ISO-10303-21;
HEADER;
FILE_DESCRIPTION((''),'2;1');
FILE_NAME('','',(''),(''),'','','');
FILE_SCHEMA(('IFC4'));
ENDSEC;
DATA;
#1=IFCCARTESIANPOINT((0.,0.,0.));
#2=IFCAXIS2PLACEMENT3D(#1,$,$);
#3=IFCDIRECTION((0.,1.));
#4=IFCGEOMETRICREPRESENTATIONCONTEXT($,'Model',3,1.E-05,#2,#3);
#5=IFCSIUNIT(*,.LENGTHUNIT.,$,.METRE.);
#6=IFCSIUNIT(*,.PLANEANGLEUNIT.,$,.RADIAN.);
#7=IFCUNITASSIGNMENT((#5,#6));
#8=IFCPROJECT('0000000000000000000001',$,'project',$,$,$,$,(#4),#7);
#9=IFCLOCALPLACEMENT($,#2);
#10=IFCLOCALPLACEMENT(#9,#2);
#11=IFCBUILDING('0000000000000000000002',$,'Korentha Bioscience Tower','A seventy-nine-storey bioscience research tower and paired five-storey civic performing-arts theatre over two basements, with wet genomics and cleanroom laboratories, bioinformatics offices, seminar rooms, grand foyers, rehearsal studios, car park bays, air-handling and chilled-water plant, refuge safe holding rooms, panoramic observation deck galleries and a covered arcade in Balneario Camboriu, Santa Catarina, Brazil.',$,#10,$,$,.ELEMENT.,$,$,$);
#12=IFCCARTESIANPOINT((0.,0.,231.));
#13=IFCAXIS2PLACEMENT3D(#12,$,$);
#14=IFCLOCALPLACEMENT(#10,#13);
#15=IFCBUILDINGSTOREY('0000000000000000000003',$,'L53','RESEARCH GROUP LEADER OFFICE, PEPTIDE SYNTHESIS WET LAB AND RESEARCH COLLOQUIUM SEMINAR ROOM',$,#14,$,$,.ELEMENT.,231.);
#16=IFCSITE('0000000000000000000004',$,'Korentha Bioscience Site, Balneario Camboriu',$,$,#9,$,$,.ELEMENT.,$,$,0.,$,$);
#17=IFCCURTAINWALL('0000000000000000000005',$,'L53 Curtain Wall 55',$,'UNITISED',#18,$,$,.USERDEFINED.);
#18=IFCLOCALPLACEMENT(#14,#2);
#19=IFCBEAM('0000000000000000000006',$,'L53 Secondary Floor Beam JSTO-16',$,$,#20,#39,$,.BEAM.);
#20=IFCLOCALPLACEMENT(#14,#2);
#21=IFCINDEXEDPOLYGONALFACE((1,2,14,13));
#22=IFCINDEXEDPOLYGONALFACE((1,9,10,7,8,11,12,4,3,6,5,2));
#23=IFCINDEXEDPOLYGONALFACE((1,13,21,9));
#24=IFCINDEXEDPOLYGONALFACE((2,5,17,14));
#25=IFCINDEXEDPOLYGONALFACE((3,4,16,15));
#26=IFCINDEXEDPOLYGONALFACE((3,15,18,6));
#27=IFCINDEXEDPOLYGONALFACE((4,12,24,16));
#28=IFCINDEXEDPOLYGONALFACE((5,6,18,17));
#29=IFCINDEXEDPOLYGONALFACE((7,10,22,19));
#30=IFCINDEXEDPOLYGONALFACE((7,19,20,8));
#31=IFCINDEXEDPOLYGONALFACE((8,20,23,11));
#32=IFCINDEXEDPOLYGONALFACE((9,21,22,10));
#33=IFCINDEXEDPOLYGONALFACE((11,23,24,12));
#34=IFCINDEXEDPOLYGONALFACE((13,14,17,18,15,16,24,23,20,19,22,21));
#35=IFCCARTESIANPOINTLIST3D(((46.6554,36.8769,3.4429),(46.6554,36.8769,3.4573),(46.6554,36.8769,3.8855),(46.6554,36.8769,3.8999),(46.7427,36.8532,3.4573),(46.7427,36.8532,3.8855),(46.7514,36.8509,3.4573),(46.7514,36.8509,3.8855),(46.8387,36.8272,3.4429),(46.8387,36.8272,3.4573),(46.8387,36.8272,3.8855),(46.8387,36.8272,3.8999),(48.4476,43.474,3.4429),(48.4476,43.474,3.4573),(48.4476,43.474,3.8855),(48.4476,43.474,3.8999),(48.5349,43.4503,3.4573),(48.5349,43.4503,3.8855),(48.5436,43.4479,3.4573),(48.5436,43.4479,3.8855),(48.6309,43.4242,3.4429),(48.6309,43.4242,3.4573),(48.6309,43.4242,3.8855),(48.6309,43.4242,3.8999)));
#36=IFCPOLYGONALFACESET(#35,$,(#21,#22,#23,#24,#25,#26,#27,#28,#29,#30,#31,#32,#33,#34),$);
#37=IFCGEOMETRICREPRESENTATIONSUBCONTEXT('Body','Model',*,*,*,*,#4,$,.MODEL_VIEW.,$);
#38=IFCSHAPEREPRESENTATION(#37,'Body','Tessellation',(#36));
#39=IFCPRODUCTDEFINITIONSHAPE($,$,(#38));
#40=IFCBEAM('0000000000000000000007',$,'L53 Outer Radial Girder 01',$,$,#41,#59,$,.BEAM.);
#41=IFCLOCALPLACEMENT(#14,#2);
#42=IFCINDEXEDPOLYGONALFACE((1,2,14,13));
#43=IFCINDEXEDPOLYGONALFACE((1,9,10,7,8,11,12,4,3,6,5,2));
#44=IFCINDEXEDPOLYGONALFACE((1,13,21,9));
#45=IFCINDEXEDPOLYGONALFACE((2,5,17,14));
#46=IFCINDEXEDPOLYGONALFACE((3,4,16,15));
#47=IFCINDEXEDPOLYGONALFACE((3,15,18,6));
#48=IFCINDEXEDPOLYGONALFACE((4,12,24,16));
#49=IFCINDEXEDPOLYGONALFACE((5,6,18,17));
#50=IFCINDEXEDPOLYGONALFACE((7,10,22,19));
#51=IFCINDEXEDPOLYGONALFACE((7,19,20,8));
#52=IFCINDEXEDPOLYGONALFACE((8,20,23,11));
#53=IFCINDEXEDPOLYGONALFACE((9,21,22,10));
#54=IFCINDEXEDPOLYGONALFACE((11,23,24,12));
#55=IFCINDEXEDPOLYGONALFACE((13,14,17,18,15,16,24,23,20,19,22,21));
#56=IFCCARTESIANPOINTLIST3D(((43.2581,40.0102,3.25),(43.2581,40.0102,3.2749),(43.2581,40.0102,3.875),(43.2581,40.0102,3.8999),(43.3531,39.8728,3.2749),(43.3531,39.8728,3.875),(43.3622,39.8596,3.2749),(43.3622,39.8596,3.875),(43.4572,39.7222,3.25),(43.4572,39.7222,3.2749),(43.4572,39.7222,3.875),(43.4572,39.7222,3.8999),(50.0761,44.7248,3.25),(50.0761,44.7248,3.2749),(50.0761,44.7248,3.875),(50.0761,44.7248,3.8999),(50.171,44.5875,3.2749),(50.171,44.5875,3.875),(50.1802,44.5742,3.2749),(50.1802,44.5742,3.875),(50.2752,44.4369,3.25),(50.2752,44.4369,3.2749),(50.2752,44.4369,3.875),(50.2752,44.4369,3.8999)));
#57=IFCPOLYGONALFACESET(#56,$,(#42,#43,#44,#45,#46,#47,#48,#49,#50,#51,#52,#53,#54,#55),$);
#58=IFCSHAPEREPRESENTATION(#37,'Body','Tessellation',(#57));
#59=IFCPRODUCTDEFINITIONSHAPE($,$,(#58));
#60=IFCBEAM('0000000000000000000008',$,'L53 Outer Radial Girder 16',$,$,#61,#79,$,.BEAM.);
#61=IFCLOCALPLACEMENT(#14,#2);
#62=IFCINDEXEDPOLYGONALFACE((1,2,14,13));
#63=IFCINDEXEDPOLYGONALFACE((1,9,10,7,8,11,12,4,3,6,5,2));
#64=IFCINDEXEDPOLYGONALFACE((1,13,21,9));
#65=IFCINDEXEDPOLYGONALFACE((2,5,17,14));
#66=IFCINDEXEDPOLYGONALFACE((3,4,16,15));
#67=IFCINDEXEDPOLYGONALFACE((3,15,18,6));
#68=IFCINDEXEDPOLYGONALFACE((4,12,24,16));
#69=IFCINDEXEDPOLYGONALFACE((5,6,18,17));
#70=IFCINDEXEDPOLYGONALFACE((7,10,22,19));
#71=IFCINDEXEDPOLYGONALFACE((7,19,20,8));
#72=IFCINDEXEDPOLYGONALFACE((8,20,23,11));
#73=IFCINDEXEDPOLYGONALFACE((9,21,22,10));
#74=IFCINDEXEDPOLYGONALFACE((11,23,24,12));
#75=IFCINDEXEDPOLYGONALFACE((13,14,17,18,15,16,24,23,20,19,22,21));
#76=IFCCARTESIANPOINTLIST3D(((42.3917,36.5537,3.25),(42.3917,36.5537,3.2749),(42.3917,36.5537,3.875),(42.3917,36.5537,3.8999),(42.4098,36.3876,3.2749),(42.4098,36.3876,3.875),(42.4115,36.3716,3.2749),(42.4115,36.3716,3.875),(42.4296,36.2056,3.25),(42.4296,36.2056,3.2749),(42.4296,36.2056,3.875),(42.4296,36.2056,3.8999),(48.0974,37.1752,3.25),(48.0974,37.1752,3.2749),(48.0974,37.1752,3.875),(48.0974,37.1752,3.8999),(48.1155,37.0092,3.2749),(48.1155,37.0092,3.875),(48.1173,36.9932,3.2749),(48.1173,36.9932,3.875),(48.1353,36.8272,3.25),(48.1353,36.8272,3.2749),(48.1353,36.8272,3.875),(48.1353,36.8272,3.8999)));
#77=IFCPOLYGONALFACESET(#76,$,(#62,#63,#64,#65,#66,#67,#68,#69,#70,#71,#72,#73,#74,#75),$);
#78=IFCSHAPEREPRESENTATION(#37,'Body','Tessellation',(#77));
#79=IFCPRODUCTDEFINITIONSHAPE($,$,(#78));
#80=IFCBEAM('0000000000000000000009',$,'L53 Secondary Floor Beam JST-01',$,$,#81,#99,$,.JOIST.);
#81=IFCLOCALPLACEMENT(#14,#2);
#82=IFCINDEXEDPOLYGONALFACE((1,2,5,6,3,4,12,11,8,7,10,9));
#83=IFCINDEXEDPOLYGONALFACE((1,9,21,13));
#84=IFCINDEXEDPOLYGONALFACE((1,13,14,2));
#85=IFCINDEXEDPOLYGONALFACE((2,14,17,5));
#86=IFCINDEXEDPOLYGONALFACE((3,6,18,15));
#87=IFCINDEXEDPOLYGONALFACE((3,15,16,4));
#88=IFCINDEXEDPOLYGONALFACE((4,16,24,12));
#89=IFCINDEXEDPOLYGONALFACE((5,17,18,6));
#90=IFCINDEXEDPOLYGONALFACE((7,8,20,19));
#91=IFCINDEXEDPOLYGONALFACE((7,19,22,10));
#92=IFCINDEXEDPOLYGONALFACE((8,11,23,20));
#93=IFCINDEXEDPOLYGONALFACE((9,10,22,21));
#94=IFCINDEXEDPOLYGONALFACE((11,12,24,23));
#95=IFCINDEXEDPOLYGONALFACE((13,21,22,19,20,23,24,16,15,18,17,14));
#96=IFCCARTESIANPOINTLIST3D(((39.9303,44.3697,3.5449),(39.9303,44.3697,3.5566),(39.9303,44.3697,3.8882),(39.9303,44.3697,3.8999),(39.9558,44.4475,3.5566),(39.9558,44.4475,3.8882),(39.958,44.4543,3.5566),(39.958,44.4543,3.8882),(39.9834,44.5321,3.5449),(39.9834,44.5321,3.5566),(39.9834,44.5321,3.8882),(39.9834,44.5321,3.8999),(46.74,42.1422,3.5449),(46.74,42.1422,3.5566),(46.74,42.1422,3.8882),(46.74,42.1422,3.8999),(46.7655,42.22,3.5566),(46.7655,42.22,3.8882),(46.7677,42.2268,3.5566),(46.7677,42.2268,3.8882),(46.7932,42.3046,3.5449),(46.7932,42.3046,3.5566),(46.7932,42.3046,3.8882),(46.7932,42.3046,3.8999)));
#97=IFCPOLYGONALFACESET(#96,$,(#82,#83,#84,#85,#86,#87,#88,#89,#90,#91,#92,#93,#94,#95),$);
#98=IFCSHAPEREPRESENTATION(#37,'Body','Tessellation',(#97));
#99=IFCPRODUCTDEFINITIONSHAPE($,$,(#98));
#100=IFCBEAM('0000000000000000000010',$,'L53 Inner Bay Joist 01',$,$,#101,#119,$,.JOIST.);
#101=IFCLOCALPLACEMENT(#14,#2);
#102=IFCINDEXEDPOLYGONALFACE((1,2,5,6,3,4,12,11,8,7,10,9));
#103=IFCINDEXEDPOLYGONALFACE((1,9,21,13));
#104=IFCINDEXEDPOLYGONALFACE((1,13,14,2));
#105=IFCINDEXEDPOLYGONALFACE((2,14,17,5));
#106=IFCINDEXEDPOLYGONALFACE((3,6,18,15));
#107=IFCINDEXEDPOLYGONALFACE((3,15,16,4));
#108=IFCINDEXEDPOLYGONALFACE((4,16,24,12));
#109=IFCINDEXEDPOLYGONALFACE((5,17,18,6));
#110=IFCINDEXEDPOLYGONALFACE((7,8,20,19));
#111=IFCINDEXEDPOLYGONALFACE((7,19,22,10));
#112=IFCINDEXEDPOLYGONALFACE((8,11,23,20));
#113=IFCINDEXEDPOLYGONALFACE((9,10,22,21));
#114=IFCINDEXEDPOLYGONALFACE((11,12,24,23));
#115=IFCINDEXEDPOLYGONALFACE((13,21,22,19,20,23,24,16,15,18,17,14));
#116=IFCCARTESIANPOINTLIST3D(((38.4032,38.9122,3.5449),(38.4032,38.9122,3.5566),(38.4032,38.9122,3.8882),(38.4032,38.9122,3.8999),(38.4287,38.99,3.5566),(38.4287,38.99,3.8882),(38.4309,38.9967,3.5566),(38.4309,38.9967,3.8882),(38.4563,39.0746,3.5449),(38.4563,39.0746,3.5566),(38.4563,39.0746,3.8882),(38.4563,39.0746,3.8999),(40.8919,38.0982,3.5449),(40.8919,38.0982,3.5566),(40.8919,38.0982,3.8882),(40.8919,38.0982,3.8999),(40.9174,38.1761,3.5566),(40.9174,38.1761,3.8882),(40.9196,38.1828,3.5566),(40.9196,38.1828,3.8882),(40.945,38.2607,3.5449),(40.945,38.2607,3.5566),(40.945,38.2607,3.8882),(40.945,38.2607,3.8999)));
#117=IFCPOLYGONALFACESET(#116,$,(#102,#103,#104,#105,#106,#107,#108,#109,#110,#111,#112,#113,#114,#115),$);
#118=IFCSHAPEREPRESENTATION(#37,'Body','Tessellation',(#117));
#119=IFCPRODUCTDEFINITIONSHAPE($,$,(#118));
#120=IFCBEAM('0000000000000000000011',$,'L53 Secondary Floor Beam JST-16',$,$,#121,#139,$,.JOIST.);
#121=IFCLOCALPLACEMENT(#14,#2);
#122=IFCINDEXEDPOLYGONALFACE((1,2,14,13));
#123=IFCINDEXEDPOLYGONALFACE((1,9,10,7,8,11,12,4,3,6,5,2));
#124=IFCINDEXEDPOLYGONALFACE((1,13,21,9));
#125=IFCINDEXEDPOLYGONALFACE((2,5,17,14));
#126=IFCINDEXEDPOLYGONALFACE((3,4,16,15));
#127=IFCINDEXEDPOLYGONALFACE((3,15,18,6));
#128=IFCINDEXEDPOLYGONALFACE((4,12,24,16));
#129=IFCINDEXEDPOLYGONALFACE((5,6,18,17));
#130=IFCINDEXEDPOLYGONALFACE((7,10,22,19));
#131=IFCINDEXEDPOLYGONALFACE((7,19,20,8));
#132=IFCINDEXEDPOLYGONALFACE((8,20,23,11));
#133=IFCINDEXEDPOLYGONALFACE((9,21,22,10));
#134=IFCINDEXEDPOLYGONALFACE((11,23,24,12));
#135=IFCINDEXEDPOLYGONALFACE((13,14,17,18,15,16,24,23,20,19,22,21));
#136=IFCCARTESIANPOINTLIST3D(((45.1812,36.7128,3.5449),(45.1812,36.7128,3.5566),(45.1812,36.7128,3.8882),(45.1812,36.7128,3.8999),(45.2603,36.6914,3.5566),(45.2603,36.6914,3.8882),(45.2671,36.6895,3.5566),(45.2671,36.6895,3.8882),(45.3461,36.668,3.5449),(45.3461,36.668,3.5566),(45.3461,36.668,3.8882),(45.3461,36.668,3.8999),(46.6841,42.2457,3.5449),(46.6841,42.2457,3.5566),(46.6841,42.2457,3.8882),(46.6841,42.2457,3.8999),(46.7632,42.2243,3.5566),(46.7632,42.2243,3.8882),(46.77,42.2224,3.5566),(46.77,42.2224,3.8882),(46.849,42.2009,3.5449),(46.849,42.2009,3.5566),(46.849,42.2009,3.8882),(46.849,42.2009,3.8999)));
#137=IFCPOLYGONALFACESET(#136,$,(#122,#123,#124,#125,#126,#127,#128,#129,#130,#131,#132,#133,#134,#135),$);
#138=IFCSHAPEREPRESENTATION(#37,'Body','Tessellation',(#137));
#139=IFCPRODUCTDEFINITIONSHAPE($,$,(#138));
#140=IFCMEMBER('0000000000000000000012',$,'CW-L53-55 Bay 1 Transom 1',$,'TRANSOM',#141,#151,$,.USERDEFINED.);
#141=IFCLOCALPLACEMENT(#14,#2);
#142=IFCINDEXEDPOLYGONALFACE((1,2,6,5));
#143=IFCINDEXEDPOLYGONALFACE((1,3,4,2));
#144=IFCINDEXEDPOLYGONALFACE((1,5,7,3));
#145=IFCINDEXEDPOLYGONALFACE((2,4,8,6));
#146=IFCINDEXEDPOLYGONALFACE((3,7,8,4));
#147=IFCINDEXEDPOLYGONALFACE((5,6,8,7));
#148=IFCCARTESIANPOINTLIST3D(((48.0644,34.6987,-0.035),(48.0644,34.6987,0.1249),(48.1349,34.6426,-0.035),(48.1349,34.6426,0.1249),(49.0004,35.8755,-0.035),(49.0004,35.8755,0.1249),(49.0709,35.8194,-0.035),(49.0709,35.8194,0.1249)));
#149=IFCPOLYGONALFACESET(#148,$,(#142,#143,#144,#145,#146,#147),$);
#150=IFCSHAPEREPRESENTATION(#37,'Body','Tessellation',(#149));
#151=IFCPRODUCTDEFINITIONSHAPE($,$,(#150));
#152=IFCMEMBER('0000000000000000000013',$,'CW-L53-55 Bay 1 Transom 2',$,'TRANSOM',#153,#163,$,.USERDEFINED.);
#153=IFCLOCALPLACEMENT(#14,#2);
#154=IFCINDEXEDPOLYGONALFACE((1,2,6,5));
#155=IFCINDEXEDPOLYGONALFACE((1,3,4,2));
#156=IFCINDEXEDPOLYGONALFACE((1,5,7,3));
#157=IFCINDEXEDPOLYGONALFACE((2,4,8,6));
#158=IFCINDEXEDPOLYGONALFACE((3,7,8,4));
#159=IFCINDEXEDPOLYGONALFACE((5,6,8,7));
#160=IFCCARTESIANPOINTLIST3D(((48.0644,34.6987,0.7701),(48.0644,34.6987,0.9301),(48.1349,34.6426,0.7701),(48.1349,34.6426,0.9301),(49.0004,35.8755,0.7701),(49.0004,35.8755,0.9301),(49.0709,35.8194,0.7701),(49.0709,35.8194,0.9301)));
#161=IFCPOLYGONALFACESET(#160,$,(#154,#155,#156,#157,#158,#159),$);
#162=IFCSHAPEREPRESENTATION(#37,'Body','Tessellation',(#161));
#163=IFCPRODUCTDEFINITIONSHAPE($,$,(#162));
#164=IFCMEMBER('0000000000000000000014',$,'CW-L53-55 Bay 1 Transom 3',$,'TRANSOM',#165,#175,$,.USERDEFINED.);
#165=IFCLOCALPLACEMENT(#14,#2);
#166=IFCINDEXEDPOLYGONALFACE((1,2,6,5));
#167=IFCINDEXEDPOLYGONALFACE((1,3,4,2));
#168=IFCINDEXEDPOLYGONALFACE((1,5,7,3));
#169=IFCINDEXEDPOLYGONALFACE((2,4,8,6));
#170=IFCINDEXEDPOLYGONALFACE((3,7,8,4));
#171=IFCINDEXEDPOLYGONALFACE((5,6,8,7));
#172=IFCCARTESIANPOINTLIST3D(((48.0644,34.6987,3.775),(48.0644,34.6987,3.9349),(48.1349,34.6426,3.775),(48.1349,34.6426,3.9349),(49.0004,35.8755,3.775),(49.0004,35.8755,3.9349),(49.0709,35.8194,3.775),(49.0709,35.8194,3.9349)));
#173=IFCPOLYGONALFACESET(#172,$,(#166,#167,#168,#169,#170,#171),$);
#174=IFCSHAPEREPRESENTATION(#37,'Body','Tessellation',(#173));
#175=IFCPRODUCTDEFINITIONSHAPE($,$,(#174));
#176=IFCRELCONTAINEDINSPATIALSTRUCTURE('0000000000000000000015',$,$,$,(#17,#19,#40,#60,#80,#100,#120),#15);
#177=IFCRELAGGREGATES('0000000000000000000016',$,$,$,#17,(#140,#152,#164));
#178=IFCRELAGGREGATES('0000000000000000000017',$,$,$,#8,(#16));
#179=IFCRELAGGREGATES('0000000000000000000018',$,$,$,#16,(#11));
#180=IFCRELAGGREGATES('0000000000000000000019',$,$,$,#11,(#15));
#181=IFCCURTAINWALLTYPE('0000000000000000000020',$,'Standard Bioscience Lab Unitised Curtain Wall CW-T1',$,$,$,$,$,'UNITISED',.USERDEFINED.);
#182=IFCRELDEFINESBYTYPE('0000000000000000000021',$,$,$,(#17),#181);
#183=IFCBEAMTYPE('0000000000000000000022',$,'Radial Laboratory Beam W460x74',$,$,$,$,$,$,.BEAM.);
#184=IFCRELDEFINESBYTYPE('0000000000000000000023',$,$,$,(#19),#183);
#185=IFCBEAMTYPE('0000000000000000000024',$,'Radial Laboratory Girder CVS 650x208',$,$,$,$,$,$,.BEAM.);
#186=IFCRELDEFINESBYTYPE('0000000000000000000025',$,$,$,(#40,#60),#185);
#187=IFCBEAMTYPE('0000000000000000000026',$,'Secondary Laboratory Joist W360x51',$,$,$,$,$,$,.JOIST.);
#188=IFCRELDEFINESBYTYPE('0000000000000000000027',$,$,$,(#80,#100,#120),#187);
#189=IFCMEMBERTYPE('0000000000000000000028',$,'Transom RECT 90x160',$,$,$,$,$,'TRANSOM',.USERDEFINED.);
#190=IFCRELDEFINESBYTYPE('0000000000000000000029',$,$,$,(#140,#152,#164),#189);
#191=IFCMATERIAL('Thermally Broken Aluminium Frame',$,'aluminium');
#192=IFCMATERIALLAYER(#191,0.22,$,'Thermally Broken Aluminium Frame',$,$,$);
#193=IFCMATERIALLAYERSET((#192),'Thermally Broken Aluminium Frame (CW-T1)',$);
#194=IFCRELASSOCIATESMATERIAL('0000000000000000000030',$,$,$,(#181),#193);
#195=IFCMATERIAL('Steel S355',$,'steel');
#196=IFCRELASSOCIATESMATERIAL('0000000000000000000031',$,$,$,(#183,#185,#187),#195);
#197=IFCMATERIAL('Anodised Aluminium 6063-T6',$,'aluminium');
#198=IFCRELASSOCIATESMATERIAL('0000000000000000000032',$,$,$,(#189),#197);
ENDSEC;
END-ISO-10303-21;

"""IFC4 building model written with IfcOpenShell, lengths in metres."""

from ifc_helpers import new_model, si_unit, direction, frame, origin, origin_2d, place, context, subcontext, project, spatial, rectangle, i_section, extrude, material, layer, layer_set, material_profile, profile_set, type_object, element, aggregate, save


model = new_model("IFC4")

# Units and contexts
model_context = context("Model", 3, precision=1e-05, world=origin(), true_north=direction((0.0, 1.0)))
body_context = subcontext(model_context, "Body", "Model", "MODEL_VIEW")
ifc_project = project(units=[si_unit("LENGTHUNIT", "METRE"), si_unit("PLANEANGLEUNIT", "RADIAN")], contexts=[model_context])

# Site, building, storey
site_placement = place(None, origin())
site = spatial("IfcSite", under=ifc_project, at=site_placement, Name="Korentha Bioscience Site, Balneario Camboriu", CompositionType="ELEMENT", RefElevation=0.0)
building_placement = place(site_placement, origin())
building = spatial("IfcBuilding", under=site, at=building_placement, Name="Korentha Bioscience Tower", Description="A seventy-nine-storey bioscience research tower and paired five-storey civic performing-arts theatre over two basements, with wet genomics and cleanroom laboratories, bioinformatics offices, seminar rooms, grand foyers, rehearsal studios, car park bays, air-handling and chilled-water plant, refuge safe holding rooms, panoramic observation deck galleries and a covered arcade in Balneario Camboriu, Santa Catarina, Brazil.", CompositionType="ELEMENT")
storey_placement = place(building_placement, frame((0.0, 0.0, 231.0)))
storey = spatial("IfcBuildingStorey", under=building, at=storey_placement, Name="L53", Description="RESEARCH GROUP LEADER OFFICE, PEPTIDE SYNTHESIS WET LAB AND RESEARCH COLLOQUIUM SEMINAR ROOM", CompositionType="ELEMENT", Elevation=231.0)

# Shared definitions
ifc_material_1 = material(Name="Steel S355", Category="steel")

# Shared definitions
ifc_material_2 = material(Name="Thermally Broken Aluminium Frame", Category="aluminium")
ifc_layer_1 = layer(ifc_material_2, 0.22, Name="Thermally Broken Aluminium Frame")
ifc_layer_set_1 = layer_set([ifc_layer_1], Name="Thermally Broken Aluminium Frame (CW-T1)")
curtain_wall_type = type_object("IfcCurtainWallType", Name="Standard Bioscience Lab Unitised Curtain Wall CW-T1", ElementType="UNITISED", PredefinedType="USERDEFINED", material=ifc_layer_set_1)
ifc_material_3 = material(Name="Anodised Aluminium 6063-T6", Category="aluminium")

# Curtain wall
curtain_wall_1_placement = place(storey_placement, origin())
curtain_wall_1 = element("IfcCurtainWall", 1, at=curtain_wall_1_placement, inside=storey, type_object=curtain_wall_type, Name="L53 Curtain Wall 55", ObjectType="UNITISED", PredefinedType="USERDEFINED")

# Beams
ifc_material_profile_1 = material_profile(ifc_material_1, i_section(OverallWidth=0.1899, OverallDepth=0.457, WebThickness=0.009, FlangeThickness=0.0144, at=origin_2d()), Name="Steel S355")
ifc_profile_set_1 = profile_set([ifc_material_profile_1], Name="Steel S355 (RB-460)")
beam_type_1 = type_object("IfcBeamType", Name="Radial Laboratory Beam W460x74", PredefinedType="BEAM", material=ifc_profile_set_1)
beam_1_placement = place(storey_placement, frame((46.7471, 36.8521, 3.6714), z_axis=(0.262165, 0.965023, 0.0), x_axis=(-0.965023, 0.262165, 0.0)))
element("IfcBeam", 2, at=beam_1_placement, inside=storey, type_object=beam_type_1, Name="L53 Secondary Floor Beam JSTO-16", PredefinedType="BEAM", context=body_context, shape_type="SweptSolid", body=[
    extrude(i_section(OverallWidth=0.1899, OverallDepth=0.457, WebThickness=0.009, FlangeThickness=0.0144, at=origin_2d()), origin(), (0.0, 0.0, 1.0), 6.8362),
])
ifc_material_profile_2 = material_profile(ifc_material_1, i_section(OverallWidth=0.3501, OverallDepth=0.6499, WebThickness=0.0161, FlangeThickness=0.0249, at=origin_2d()), Name="Steel S355")
ifc_profile_set_2 = profile_set([ifc_material_profile_2], Name="Steel S355 (RB-650)")
beam_type_2 = type_object("IfcBeamType", Name="Radial Laboratory Girder CVS 650x208", PredefinedType="BEAM", material=ifc_profile_set_2)
beam_2_placement = place(storey_placement, frame((43.3577, 39.8662, 3.575), z_axis=(0.822501, 0.568764, 0.0), x_axis=(-0.568764, 0.822501, 0.0)))
element("IfcBeam", 3, at=beam_2_placement, inside=storey, type_object=beam_type_2, Name="L53 Outer Radial Girder 01", PredefinedType="BEAM", context=body_context, shape_type="SweptSolid", body=[
    extrude(i_section(OverallWidth=0.3501, OverallDepth=0.6499, WebThickness=0.0161, FlangeThickness=0.0249, at=origin_2d()), origin(), (0.0, 0.0, 1.0), 8.2893),
])
beam_3_placement = place(storey_placement, frame((42.4106, 36.3796, 3.575), z_axis=(0.994119, 0.108298, 0.0), x_axis=(-0.108298, 0.994119, 0.0)))
element("IfcBeam", 4, at=beam_3_placement, inside=storey, type_object=beam_type_2, Name="L53 Outer Radial Girder 16", PredefinedType="BEAM", context=body_context, shape_type="SweptSolid", body=[
    extrude(i_section(OverallWidth=0.3501, OverallDepth=0.6499, WebThickness=0.0161, FlangeThickness=0.0249, at=origin_2d()), origin(), (0.0, 0.0, 1.0), 5.7395),
])
ifc_material_profile_3 = material_profile(ifc_material_1, i_section(OverallWidth=0.1709, OverallDepth=0.355, WebThickness=0.0071, FlangeThickness=0.0117, at=origin_2d()), Name="Steel S355")
ifc_profile_set_3 = profile_set([ifc_material_profile_3], Name="Steel S355 (JB-360)")
beam_type_3 = type_object("IfcBeamType", Name="Secondary Laboratory Joist W360x51", PredefinedType="JOIST", material=ifc_profile_set_3)
beam_4_placement = place(storey_placement, frame((46.7666, 42.2234, 3.7224), z_axis=(-0.950444, 0.310897, 0.0), x_axis=(-0.310897, -0.950444, 0.0)))
element("IfcBeam", 5, at=beam_4_placement, inside=storey, type_object=beam_type_3, Name="L53 Secondary Floor Beam JST-01", PredefinedType="JOIST", context=body_context, shape_type="SweptSolid", body=[
    extrude(i_section(OverallWidth=0.1709, OverallDepth=0.355, WebThickness=0.0071, FlangeThickness=0.0117, at=origin_2d()), origin(), (0.0, 0.0, 1.0), 7.1648),
])
beam_5_placement = place(storey_placement, frame((40.9185, 38.1794, 3.7224), z_axis=(-0.950458, 0.310852, 0.0), x_axis=(-0.310852, -0.950458, 0.0)))
element("IfcBeam", 6, at=beam_5_placement, inside=storey, type_object=beam_type_3, Name="L53 Inner Bay Joist 01", PredefinedType="JOIST", context=body_context, shape_type="SweptSolid", body=[
    extrude(i_section(OverallWidth=0.1709, OverallDepth=0.355, WebThickness=0.0071, FlangeThickness=0.0117, at=origin_2d()), origin(), (0.0, 0.0, 1.0), 2.6184),
])
beam_6_placement = place(storey_placement, frame((45.2637, 36.6904, 3.7224), z_axis=(0.262134, 0.965032, 0.0), x_axis=(-0.965032, 0.262134, 0.0)))
element("IfcBeam", 7, at=beam_6_placement, inside=storey, type_object=beam_type_3, Name="L53 Secondary Floor Beam JST-16", PredefinedType="JOIST", context=body_context, shape_type="SweptSolid", body=[
    extrude(i_section(OverallWidth=0.1709, OverallDepth=0.355, WebThickness=0.0071, FlangeThickness=0.0117, at=origin_2d()), origin(), (0.0, 0.0, 1.0), 5.7334),
])

# Members
ifc_material_profile_4 = material_profile(ifc_material_3, rectangle(XDim=0.0901, YDim=0.1599, at=origin_2d()), Name="Anodised Aluminium 6063-T6")
ifc_profile_set_4 = profile_set([ifc_material_profile_4], Name="Anodised Aluminium 6063-T6 (CW-TRN)")
member_type_1 = type_object("IfcMemberType", Name="Transom RECT 90x160", ElementType="TRANSOM", PredefinedType="USERDEFINED", material=ifc_profile_set_4)
member_1_placement = place(storey_placement, frame((48.0996, 34.6707, 0.0449), z_axis=(0.622515, 0.782608, 0.0), x_axis=(-0.782608, 0.622515, 0.0)))
member_1 = element("IfcMember", 8, at=member_1_placement, type_object=member_type_1, Name="CW-L53-55 Bay 1 Transom 1", ObjectType="TRANSOM", PredefinedType="USERDEFINED", context=body_context, shape_type="SweptSolid", body=[
    extrude(rectangle(XDim=0.0901, YDim=0.1599, at=origin_2d()), origin(), (0.0, 0.0, 1.0), 1.5037),
])
member_2_placement = place(storey_placement, frame((48.0996, 34.6707, 0.8501), z_axis=(0.622515, 0.782608, 0.0), x_axis=(-0.782608, 0.622515, 0.0)))
member_2 = element("IfcMember", 9, at=member_2_placement, type_object=member_type_1, Name="CW-L53-55 Bay 1 Transom 2", ObjectType="TRANSOM", PredefinedType="USERDEFINED", context=body_context, shape_type="SweptSolid", body=[
    extrude(rectangle(XDim=0.0901, YDim=0.1599, at=origin_2d()), origin(), (0.0, 0.0, 1.0), 1.5037),
])
member_3_placement = place(storey_placement, frame((48.0996, 34.6707, 3.855), z_axis=(0.622515, 0.782608, 0.0), x_axis=(-0.782608, 0.622515, 0.0)))
member_3 = element("IfcMember", 10, at=member_3_placement, type_object=member_type_1, Name="CW-L53-55 Bay 1 Transom 3", ObjectType="TRANSOM", PredefinedType="USERDEFINED", context=body_context, shape_type="SweptSolid", body=[
    extrude(rectangle(XDim=0.0901, YDim=0.1599, at=origin_2d()), origin(), (0.0, 0.0, 1.0), 1.5037),
])

aggregate(curtain_wall_1, [member_1, member_2, member_3])

save(model, "model.ifc")
